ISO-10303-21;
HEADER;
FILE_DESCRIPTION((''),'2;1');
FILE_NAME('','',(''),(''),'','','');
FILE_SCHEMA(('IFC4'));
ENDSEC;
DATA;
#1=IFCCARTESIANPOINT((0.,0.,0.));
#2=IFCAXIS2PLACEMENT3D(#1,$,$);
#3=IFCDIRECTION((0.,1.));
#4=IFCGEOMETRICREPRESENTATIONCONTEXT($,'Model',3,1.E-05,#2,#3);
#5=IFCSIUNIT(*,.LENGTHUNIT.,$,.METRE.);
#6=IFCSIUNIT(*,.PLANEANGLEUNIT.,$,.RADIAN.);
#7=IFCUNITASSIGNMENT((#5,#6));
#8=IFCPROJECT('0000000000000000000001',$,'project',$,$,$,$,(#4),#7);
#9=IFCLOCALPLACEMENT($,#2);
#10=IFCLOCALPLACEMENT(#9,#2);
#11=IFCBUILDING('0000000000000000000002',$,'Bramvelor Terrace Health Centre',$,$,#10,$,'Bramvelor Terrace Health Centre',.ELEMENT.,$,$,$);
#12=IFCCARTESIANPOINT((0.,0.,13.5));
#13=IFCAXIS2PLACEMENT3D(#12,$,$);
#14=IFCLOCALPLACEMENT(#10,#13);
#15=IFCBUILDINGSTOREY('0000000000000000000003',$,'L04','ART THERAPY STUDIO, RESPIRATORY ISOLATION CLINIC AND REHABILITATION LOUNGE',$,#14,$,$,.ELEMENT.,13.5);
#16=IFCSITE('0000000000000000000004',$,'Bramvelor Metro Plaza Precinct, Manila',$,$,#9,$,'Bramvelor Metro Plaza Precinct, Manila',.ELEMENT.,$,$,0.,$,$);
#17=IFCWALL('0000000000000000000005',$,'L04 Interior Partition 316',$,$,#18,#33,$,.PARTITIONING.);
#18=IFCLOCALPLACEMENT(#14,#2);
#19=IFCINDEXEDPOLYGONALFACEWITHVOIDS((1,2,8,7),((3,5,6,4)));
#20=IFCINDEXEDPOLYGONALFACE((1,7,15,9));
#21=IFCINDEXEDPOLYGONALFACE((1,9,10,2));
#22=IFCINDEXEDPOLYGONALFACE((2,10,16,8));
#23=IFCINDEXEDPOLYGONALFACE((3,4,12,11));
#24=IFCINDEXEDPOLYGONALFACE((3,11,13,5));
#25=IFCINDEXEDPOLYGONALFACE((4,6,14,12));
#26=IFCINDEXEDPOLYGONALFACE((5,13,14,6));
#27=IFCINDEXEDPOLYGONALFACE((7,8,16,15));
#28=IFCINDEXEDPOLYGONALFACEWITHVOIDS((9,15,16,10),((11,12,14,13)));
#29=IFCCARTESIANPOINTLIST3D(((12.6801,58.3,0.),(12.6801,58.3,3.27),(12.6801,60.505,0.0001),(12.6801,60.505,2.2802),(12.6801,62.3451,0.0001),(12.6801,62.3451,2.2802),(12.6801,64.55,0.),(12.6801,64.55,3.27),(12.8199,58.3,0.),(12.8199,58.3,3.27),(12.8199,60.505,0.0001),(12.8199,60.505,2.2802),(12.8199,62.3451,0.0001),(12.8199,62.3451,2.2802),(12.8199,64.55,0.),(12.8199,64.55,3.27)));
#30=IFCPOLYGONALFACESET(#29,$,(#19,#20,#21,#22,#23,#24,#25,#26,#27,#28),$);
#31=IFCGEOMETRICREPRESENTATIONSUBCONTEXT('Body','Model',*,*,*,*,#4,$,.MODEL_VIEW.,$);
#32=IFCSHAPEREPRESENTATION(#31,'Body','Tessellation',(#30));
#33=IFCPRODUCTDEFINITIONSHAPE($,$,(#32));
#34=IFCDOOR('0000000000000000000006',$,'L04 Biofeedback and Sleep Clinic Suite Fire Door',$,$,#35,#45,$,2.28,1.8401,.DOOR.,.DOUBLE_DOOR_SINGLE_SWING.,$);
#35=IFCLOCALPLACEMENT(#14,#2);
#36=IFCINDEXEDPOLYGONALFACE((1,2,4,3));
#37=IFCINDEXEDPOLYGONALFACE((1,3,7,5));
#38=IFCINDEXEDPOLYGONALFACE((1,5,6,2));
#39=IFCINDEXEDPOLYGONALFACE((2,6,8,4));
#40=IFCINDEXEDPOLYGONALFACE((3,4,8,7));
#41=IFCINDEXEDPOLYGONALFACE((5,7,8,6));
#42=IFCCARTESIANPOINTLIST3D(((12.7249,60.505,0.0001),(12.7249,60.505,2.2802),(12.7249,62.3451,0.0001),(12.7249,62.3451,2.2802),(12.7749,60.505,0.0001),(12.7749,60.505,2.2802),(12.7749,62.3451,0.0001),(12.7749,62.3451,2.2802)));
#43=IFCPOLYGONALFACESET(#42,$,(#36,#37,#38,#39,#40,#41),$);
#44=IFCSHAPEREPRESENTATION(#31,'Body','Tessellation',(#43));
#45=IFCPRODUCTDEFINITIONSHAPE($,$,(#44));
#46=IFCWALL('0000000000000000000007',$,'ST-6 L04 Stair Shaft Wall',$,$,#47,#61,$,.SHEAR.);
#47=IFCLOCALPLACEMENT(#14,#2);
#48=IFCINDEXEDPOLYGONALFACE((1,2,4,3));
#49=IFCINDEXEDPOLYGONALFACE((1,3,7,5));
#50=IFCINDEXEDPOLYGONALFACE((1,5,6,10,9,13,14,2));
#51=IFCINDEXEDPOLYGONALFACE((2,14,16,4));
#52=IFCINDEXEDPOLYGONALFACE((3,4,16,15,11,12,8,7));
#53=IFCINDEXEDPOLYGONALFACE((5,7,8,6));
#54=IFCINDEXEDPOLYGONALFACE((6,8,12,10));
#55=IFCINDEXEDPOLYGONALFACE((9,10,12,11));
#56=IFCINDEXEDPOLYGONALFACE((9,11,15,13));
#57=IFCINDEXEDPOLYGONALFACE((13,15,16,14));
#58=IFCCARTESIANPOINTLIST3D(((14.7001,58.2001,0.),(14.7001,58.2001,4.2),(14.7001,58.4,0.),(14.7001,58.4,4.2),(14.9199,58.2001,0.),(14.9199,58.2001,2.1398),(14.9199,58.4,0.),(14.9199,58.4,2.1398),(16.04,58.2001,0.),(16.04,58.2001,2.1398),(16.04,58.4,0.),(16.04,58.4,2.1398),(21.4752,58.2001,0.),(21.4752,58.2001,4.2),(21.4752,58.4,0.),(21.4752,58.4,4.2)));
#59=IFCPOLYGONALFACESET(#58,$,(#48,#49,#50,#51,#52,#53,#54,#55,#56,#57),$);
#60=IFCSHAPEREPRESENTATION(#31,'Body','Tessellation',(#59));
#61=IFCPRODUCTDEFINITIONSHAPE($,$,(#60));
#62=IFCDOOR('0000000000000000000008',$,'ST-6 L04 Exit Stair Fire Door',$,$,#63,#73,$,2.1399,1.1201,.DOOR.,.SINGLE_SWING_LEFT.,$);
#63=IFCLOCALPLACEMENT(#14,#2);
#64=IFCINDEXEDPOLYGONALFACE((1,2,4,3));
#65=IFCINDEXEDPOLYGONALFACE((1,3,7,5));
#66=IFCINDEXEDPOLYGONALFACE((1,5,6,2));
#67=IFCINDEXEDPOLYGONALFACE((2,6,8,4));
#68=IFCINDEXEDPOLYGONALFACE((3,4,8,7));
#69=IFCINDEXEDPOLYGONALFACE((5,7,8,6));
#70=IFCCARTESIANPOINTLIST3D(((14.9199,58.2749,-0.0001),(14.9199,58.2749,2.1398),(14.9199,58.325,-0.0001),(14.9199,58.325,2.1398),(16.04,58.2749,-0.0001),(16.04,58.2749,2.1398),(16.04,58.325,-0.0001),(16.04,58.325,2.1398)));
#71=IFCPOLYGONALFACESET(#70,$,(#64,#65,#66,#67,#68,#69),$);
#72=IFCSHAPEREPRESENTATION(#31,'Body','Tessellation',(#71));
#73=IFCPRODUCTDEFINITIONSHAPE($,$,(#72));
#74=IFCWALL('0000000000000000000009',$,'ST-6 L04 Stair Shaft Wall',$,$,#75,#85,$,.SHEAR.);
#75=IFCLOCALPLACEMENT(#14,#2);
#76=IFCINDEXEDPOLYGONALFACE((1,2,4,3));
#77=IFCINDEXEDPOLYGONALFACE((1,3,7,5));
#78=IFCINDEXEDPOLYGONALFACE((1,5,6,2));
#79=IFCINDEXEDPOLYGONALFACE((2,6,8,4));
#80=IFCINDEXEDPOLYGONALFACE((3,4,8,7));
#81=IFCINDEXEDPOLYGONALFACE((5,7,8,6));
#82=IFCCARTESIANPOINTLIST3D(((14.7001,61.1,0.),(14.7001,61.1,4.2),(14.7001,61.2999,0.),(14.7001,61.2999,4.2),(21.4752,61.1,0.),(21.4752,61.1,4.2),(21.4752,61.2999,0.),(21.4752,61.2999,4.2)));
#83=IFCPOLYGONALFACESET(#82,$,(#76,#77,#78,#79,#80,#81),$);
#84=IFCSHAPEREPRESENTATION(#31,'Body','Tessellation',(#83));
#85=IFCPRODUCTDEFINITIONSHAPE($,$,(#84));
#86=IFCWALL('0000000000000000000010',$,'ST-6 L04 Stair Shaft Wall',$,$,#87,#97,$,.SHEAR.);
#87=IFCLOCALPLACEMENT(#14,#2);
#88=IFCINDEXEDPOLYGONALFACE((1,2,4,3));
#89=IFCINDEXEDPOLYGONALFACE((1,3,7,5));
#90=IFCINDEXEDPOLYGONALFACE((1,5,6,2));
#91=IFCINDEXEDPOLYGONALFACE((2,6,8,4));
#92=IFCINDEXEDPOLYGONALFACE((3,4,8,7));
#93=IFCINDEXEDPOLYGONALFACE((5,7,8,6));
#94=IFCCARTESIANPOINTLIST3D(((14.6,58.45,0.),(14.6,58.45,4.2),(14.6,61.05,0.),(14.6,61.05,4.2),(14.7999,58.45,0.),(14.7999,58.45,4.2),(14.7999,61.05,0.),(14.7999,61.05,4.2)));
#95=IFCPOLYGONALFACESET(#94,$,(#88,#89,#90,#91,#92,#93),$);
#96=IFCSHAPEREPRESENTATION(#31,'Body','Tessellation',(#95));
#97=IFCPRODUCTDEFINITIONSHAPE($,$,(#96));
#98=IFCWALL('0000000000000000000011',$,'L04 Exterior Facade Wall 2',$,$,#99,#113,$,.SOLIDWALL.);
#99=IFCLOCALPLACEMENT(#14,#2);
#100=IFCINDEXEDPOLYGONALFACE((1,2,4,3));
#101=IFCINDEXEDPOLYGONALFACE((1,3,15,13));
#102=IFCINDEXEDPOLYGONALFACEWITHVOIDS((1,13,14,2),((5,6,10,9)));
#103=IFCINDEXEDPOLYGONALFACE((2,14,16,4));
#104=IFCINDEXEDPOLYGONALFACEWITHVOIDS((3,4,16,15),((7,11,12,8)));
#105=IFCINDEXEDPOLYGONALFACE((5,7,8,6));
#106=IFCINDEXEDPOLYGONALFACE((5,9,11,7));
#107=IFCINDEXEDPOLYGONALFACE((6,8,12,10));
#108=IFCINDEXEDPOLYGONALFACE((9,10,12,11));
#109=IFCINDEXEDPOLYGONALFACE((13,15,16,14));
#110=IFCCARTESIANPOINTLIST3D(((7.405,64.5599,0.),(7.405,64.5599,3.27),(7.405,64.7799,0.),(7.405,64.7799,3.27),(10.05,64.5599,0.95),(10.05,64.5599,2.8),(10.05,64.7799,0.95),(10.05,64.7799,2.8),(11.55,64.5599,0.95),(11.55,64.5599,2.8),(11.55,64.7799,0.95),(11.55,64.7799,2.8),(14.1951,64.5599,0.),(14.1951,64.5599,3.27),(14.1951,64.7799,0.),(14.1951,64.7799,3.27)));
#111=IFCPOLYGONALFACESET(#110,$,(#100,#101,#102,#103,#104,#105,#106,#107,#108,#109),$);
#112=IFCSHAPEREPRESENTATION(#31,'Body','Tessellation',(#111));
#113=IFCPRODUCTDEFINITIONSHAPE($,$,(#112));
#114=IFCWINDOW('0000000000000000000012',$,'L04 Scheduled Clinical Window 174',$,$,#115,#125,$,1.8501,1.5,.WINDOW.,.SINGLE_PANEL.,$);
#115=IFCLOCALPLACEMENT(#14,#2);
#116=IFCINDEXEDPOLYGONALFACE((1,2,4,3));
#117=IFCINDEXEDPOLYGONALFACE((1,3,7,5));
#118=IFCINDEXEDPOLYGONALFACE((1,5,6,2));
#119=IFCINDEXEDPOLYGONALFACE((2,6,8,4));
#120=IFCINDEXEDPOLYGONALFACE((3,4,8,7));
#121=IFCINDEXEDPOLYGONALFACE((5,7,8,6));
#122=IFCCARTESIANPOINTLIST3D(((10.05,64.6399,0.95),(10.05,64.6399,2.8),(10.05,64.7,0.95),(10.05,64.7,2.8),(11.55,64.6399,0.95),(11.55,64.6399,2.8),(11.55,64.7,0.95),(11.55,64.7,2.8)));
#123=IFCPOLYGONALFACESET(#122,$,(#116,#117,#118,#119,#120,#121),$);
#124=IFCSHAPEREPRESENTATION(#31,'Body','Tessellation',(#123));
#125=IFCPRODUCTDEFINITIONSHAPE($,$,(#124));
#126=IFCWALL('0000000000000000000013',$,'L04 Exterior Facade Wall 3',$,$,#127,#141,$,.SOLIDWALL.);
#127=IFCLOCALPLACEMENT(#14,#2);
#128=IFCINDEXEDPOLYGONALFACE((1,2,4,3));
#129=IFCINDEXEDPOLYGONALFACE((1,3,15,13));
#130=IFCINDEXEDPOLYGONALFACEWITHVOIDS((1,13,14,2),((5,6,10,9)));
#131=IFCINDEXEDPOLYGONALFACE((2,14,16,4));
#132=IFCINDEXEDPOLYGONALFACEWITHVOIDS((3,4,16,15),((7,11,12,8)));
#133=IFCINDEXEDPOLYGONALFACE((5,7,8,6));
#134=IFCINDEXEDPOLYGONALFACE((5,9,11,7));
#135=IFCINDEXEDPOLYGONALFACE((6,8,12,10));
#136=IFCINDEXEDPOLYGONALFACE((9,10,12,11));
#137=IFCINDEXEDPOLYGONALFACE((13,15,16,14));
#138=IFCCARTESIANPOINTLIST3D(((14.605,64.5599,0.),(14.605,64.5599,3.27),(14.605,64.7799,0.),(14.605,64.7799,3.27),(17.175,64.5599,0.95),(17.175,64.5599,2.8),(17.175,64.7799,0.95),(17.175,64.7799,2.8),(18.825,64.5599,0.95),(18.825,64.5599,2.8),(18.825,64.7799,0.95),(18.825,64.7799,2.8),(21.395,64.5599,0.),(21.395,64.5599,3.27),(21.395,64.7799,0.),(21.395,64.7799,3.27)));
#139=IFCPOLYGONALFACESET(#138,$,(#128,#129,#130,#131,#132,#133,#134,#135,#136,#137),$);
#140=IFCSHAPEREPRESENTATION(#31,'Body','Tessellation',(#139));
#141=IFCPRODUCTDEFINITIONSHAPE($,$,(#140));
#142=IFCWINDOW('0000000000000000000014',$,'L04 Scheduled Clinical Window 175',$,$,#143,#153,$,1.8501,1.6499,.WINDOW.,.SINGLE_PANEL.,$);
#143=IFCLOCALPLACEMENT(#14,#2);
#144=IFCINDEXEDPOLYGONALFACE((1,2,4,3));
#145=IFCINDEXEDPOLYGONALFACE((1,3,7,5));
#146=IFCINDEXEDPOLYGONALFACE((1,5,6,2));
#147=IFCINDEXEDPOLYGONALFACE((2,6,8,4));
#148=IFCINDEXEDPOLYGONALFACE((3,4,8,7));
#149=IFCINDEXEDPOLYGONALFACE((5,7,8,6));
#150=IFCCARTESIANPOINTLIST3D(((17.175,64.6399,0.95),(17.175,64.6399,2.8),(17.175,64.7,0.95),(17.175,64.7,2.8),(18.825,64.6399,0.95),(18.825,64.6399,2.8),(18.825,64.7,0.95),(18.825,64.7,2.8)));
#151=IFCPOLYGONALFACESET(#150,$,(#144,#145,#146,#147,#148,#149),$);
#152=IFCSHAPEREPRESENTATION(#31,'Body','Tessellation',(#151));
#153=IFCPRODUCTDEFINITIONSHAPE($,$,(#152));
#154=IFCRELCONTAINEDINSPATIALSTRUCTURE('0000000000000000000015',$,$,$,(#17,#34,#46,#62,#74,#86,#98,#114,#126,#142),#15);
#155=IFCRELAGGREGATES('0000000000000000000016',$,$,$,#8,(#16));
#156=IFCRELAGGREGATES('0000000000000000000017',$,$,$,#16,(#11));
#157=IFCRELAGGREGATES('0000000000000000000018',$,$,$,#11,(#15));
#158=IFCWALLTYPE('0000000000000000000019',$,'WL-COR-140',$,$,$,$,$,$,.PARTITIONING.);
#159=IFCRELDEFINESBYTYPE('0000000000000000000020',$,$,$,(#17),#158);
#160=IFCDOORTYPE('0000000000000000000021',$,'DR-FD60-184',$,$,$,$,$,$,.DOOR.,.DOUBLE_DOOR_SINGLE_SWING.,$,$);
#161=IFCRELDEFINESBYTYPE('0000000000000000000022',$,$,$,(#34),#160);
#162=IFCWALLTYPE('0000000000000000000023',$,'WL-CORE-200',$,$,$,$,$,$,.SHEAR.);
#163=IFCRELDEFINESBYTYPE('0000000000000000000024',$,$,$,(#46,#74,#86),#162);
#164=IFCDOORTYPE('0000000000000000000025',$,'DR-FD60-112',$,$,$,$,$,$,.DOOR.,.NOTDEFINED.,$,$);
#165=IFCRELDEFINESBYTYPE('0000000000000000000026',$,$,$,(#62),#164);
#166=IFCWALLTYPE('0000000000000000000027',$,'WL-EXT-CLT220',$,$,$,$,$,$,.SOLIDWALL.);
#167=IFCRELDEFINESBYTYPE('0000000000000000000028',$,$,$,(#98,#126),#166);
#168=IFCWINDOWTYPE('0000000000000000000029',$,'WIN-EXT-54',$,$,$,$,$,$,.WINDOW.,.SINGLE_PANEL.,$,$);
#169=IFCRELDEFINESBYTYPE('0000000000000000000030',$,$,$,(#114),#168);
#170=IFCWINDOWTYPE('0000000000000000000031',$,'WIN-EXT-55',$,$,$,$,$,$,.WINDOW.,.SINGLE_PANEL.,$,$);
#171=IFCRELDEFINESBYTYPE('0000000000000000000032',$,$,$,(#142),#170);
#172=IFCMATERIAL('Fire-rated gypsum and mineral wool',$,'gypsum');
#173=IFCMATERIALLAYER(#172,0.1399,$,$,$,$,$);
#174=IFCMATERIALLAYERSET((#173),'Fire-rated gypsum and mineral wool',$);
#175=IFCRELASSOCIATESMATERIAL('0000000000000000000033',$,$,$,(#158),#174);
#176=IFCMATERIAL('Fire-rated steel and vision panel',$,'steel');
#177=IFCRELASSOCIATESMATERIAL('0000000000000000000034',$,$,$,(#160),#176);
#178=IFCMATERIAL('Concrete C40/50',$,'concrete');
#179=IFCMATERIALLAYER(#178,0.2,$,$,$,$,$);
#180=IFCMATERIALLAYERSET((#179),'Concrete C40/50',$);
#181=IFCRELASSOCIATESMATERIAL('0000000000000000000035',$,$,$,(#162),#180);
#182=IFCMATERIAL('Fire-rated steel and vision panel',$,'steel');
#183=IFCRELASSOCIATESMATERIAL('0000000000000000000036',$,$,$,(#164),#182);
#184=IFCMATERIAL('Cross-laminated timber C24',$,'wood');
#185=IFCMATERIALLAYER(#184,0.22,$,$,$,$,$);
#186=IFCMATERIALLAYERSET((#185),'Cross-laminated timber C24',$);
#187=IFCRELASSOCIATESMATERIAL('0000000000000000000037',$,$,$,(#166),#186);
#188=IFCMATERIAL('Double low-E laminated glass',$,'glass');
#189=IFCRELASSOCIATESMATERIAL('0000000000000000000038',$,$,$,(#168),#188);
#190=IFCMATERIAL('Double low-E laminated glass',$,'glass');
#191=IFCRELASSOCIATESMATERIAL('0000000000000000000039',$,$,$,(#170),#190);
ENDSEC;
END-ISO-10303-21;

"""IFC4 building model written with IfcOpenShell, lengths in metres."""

from ifc_helpers import new_model, si_unit, direction, frame, frame_2d, origin, place, context, subcontext, project, spatial, rectangle, extrude, material, layer, layer_set, type_object, element, fill, save


model = new_model("IFC4")

# Units and contexts
model_context = context("Model", 3, precision=1e-05, world=origin(), true_north=direction((0.0, 1.0)))
body_context = subcontext(model_context, "Body", "Model", "MODEL_VIEW")
ifc_project = project(units=[si_unit("LENGTHUNIT", "METRE"), si_unit("PLANEANGLEUNIT", "RADIAN")], contexts=[model_context])

# Site, building, storey
site_placement = place(None, origin())
site = spatial("IfcSite", under=ifc_project, at=site_placement, Name="Bramvelor Metro Plaza Precinct, Manila", LongName="Bramvelor Metro Plaza Precinct, Manila", CompositionType="ELEMENT", RefElevation=0.0)
building_placement = place(site_placement, origin())
building = spatial("IfcBuilding", under=site, at=building_placement, Name="Bramvelor Terrace Health Centre", LongName="Bramvelor Terrace Health Centre", CompositionType="ELEMENT")
storey_placement = place(building_placement, frame((0.0, 0.0, 13.5)))
storey = spatial("IfcBuildingStorey", under=building, at=storey_placement, Name="L04", Description="ART THERAPY STUDIO, RESPIRATORY ISOLATION CLINIC AND REHABILITATION LOUNGE", CompositionType="ELEMENT", Elevation=13.5)

# Shared definitions
ifc_material_1 = material(Name="Fire-rated gypsum and mineral wool", Category="gypsum")
ifc_layer_1 = layer(ifc_material_1, 0.1399)
ifc_layer_set_1 = layer_set([ifc_layer_1], Name="Fire-rated gypsum and mineral wool")
wall_type_1 = type_object("IfcWallType", Name="WL-COR-140", PredefinedType="PARTITIONING", material=ifc_layer_set_1)

# Walls, openings, doors
wall_1_placement = place(storey_placement, frame((12.75, 64.55, 0.0), z_axis=(0.0, 0.0, 1.0), x_axis=(0.0, -1.0, 0.0)))
wall_1 = element("IfcWall", 1, at=wall_1_placement, inside=storey, type_object=wall_type_1, Name="L04 Interior Partition 316", PredefinedType="PARTITIONING", context=body_context, shape_type="SweptSolid", body=[
    extrude(rectangle(XDim=6.25, YDim=0.1399, at=frame_2d((3.125, 0.0))), origin(), (0.0, 0.0, 1.0), 3.27),
])
opening_1_placement = place(wall_1_placement, frame((2.2051, 0.0, 0.0)))
opening_1 = element("IfcOpeningElement", 2, at=opening_1_placement, cuts=wall_1, PredefinedType="OPENING", context=body_context, shape_type="SweptSolid", body=[
    extrude(rectangle(XDim=1.8401, YDim=2.28, at=frame_2d((0.9199, 1.1401))), frame((0.0, 0.0798, 0.0), z_axis=(0.0, -1.0, 0.0), x_axis=(1.0, 0.0, 0.0)), (0.0, 0.0, 1.0), 0.1599),
])
ifc_material_2 = material(Name="Fire-rated steel and vision panel", Category="steel")
door_type_1 = type_object("IfcDoorType", Name="DR-FD60-184", OperationType="DOUBLE_DOOR_SINGLE_SWING", PredefinedType="DOOR", material=ifc_material_2)
door_1_placement = place(opening_1_placement, origin())
door_1 = element("IfcDoor", 3, at=door_1_placement, inside=storey, type_object=door_type_1, Name="L04 Biofeedback and Sleep Clinic Suite Fire Door", OperationType="DOUBLE_DOOR_SINGLE_SWING", OverallHeight=2.28, OverallWidth=1.8401, PredefinedType="DOOR", context=body_context, shape_type="SweptSolid", body=[
    extrude(rectangle(XDim=1.8401, YDim=2.28, at=frame_2d((0.9199, 1.1401))), frame((0.0, 0.0249, 0.0), z_axis=(0.0, -1.0, 0.0), x_axis=(1.0, 0.0, 0.0)), (0.0, 0.0, 1.0), 0.05),
])
fill(opening_1, door_1)
ifc_material_3 = material(Name="Concrete C40/50", Category="concrete")
ifc_layer_2 = layer(ifc_material_3, 0.2)
ifc_layer_set_2 = layer_set([ifc_layer_2], Name="Concrete C40/50")
wall_type_2 = type_object("IfcWallType", Name="WL-CORE-200", PredefinedType="SHEAR", material=ifc_layer_set_2)
wall_2_placement = place(storey_placement, frame((14.7, 58.3, 0.0), z_axis=(0.0, 0.0, 1.0), x_axis=(1.0, 0.0, 0.0)))
wall_2 = element("IfcWall", 4, at=wall_2_placement, inside=storey, type_object=wall_type_2, Name="ST-6 L04 Stair Shaft Wall", PredefinedType="SHEAR", context=body_context, shape_type="SweptSolid", body=[
    extrude(rectangle(XDim=6.7751, YDim=0.2, at=frame_2d((3.3877, 0.0))), origin(), (0.0, 0.0, 1.0), 4.2),
])
opening_2_placement = place(wall_2_placement, frame((0.22, 0.0, 0.0)))
opening_2 = element("IfcOpeningElement", 5, at=opening_2_placement, cuts=wall_2, PredefinedType="OPENING", context=body_context, shape_type="SweptSolid", body=[
    extrude(rectangle(XDim=1.1201, YDim=2.1399, at=frame_2d((0.5601, 1.0698))), frame((0.0, 0.1099, 0.0), z_axis=(0.0, -1.0, 0.0), x_axis=(1.0, 0.0, 0.0)), (0.0, 0.0, 1.0), 0.22),
])
ifc_material_4 = material(Name="Fire-rated steel and vision panel", Category="steel")
door_type_2 = type_object("IfcDoorType", Name="DR-FD60-112", OperationType="NOTDEFINED", PredefinedType="DOOR", material=ifc_material_4)
door_2_placement = place(opening_2_placement, origin())
door_2 = element("IfcDoor", 6, at=door_2_placement, inside=storey, type_object=door_type_2, Name="ST-6 L04 Exit Stair Fire Door", OperationType="SINGLE_SWING_LEFT", OverallHeight=2.1399, OverallWidth=1.1201, PredefinedType="DOOR", context=body_context, shape_type="SweptSolid", body=[
    extrude(rectangle(XDim=1.1201, YDim=2.1399, at=frame_2d((0.5601, 1.0698))), frame((0.0, 0.0249, 0.0), z_axis=(0.0, -1.0, 0.0), x_axis=(1.0, 0.0, 0.0)), (0.0, 0.0, 1.0), 0.05),
])
fill(opening_2, door_2)

# Walls
wall_3_placement = place(storey_placement, frame((14.7, 61.2, 0.0), z_axis=(0.0, 0.0, 1.0), x_axis=(1.0, 0.0, 0.0)))
element("IfcWall", 7, at=wall_3_placement, inside=storey, type_object=wall_type_2, Name="ST-6 L04 Stair Shaft Wall", PredefinedType="SHEAR", context=body_context, shape_type="SweptSolid", body=[
    extrude(rectangle(XDim=6.7751, YDim=0.2, at=frame_2d((3.3877, 0.0))), origin(), (0.0, 0.0, 1.0), 4.2),
])
wall_4_placement = place(storey_placement, frame((14.7, 58.45, 0.0), z_axis=(0.0, 0.0, 1.0), x_axis=(0.0, 1.0, 0.0)))
element("IfcWall", 8, at=wall_4_placement, inside=storey, type_object=wall_type_2, Name="ST-6 L04 Stair Shaft Wall", PredefinedType="SHEAR", context=body_context, shape_type="SweptSolid", body=[
    extrude(rectangle(XDim=2.6001, YDim=0.2, at=frame_2d((1.3, 0.0))), origin(), (0.0, 0.0, 1.0), 4.2),
])

# Walls, openings, windows
ifc_material_5 = material(Name="Cross-laminated timber C24", Category="wood")
ifc_layer_3 = layer(ifc_material_5, 0.22)
ifc_layer_set_3 = layer_set([ifc_layer_3], Name="Cross-laminated timber C24")
wall_type_3 = type_object("IfcWallType", Name="WL-EXT-CLT220", PredefinedType="SOLIDWALL", material=ifc_layer_set_3)
wall_5_placement = place(storey_placement, frame((7.405, 64.6699, 0.0), z_axis=(0.0, 0.0, 1.0), x_axis=(1.0, 0.0, 0.0)))
wall_5 = element("IfcWall", 9, at=wall_5_placement, inside=storey, type_object=wall_type_3, Name="L04 Exterior Facade Wall 2", PredefinedType="SOLIDWALL", context=body_context, shape_type="SweptSolid", body=[
    extrude(rectangle(XDim=6.79, YDim=0.22, at=frame_2d((3.395, 0.0))), origin(), (0.0, 0.0, 1.0), 3.27),
])
opening_3_placement = place(wall_5_placement, frame((2.645, 0.0, 0.95)))
opening_3 = element("IfcOpeningElement", 10, at=opening_3_placement, cuts=wall_5, PredefinedType="OPENING", context=body_context, shape_type="SweptSolid", body=[
    extrude(rectangle(XDim=1.5, YDim=1.8501, at=frame_2d((0.75, 0.925))), frame((0.0, 0.1199, 0.0), z_axis=(0.0, -1.0, 0.0), x_axis=(1.0, 0.0, 0.0)), (0.0, 0.0, 1.0), 0.24),
])
ifc_material_6 = material(Name="Double low-E laminated glass", Category="glass")
window_type_1 = type_object("IfcWindowType", Name="WIN-EXT-54", PartitioningType="SINGLE_PANEL", PredefinedType="WINDOW", material=ifc_material_6)
window_1_placement = place(opening_3_placement, origin())
window_1 = element("IfcWindow", 11, at=window_1_placement, inside=storey, type_object=window_type_1, Name="L04 Scheduled Clinical Window 174", OverallHeight=1.8501, OverallWidth=1.5, PartitioningType="SINGLE_PANEL", PredefinedType="WINDOW", context=body_context, shape_type="SweptSolid", body=[
    extrude(rectangle(XDim=1.5, YDim=1.8501, at=frame_2d((0.75, 0.925))), frame((0.0, 0.03, 0.0), z_axis=(0.0, -1.0, 0.0), x_axis=(1.0, 0.0, 0.0)), (0.0, 0.0, 1.0), 0.0601),
])
fill(opening_3, window_1)
wall_6_placement = place(storey_placement, frame((14.605, 64.6699, 0.0), z_axis=(0.0, 0.0, 1.0), x_axis=(1.0, 0.0, 0.0)))
wall_6 = element("IfcWall", 12, at=wall_6_placement, inside=storey, type_object=wall_type_3, Name="L04 Exterior Facade Wall 3", PredefinedType="SOLIDWALL", context=body_context, shape_type="SweptSolid", body=[
    extrude(rectangle(XDim=6.79, YDim=0.22, at=frame_2d((3.395, 0.0))), origin(), (0.0, 0.0, 1.0), 3.27),
])
opening_4_placement = place(wall_6_placement, frame((2.5701, 0.0, 0.95)))
opening_4 = element("IfcOpeningElement", 13, at=opening_4_placement, cuts=wall_6, PredefinedType="OPENING", context=body_context, shape_type="SweptSolid", body=[
    extrude(rectangle(XDim=1.6499, YDim=1.8501, at=frame_2d((0.825, 0.925))), frame((0.0, 0.1199, 0.0), z_axis=(0.0, -1.0, 0.0), x_axis=(1.0, 0.0, 0.0)), (0.0, 0.0, 1.0), 0.24),
])
ifc_material_7 = material(Name="Double low-E laminated glass", Category="glass")
window_type_2 = type_object("IfcWindowType", Name="WIN-EXT-55", PartitioningType="SINGLE_PANEL", PredefinedType="WINDOW", material=ifc_material_7)
window_2_placement = place(opening_4_placement, origin())
window_2 = element("IfcWindow", 14, at=window_2_placement, inside=storey, type_object=window_type_2, Name="L04 Scheduled Clinical Window 175", OverallHeight=1.8501, OverallWidth=1.6499, PartitioningType="SINGLE_PANEL", PredefinedType="WINDOW", context=body_context, shape_type="SweptSolid", body=[
    extrude(rectangle(XDim=1.6499, YDim=1.8501, at=frame_2d((0.825, 0.925))), frame((0.0, 0.03, 0.0), z_axis=(0.0, -1.0, 0.0), x_axis=(1.0, 0.0, 0.0)), (0.0, 0.0, 1.0), 0.0601),
])
fill(opening_4, window_2)

save(model, "model.ifc")
